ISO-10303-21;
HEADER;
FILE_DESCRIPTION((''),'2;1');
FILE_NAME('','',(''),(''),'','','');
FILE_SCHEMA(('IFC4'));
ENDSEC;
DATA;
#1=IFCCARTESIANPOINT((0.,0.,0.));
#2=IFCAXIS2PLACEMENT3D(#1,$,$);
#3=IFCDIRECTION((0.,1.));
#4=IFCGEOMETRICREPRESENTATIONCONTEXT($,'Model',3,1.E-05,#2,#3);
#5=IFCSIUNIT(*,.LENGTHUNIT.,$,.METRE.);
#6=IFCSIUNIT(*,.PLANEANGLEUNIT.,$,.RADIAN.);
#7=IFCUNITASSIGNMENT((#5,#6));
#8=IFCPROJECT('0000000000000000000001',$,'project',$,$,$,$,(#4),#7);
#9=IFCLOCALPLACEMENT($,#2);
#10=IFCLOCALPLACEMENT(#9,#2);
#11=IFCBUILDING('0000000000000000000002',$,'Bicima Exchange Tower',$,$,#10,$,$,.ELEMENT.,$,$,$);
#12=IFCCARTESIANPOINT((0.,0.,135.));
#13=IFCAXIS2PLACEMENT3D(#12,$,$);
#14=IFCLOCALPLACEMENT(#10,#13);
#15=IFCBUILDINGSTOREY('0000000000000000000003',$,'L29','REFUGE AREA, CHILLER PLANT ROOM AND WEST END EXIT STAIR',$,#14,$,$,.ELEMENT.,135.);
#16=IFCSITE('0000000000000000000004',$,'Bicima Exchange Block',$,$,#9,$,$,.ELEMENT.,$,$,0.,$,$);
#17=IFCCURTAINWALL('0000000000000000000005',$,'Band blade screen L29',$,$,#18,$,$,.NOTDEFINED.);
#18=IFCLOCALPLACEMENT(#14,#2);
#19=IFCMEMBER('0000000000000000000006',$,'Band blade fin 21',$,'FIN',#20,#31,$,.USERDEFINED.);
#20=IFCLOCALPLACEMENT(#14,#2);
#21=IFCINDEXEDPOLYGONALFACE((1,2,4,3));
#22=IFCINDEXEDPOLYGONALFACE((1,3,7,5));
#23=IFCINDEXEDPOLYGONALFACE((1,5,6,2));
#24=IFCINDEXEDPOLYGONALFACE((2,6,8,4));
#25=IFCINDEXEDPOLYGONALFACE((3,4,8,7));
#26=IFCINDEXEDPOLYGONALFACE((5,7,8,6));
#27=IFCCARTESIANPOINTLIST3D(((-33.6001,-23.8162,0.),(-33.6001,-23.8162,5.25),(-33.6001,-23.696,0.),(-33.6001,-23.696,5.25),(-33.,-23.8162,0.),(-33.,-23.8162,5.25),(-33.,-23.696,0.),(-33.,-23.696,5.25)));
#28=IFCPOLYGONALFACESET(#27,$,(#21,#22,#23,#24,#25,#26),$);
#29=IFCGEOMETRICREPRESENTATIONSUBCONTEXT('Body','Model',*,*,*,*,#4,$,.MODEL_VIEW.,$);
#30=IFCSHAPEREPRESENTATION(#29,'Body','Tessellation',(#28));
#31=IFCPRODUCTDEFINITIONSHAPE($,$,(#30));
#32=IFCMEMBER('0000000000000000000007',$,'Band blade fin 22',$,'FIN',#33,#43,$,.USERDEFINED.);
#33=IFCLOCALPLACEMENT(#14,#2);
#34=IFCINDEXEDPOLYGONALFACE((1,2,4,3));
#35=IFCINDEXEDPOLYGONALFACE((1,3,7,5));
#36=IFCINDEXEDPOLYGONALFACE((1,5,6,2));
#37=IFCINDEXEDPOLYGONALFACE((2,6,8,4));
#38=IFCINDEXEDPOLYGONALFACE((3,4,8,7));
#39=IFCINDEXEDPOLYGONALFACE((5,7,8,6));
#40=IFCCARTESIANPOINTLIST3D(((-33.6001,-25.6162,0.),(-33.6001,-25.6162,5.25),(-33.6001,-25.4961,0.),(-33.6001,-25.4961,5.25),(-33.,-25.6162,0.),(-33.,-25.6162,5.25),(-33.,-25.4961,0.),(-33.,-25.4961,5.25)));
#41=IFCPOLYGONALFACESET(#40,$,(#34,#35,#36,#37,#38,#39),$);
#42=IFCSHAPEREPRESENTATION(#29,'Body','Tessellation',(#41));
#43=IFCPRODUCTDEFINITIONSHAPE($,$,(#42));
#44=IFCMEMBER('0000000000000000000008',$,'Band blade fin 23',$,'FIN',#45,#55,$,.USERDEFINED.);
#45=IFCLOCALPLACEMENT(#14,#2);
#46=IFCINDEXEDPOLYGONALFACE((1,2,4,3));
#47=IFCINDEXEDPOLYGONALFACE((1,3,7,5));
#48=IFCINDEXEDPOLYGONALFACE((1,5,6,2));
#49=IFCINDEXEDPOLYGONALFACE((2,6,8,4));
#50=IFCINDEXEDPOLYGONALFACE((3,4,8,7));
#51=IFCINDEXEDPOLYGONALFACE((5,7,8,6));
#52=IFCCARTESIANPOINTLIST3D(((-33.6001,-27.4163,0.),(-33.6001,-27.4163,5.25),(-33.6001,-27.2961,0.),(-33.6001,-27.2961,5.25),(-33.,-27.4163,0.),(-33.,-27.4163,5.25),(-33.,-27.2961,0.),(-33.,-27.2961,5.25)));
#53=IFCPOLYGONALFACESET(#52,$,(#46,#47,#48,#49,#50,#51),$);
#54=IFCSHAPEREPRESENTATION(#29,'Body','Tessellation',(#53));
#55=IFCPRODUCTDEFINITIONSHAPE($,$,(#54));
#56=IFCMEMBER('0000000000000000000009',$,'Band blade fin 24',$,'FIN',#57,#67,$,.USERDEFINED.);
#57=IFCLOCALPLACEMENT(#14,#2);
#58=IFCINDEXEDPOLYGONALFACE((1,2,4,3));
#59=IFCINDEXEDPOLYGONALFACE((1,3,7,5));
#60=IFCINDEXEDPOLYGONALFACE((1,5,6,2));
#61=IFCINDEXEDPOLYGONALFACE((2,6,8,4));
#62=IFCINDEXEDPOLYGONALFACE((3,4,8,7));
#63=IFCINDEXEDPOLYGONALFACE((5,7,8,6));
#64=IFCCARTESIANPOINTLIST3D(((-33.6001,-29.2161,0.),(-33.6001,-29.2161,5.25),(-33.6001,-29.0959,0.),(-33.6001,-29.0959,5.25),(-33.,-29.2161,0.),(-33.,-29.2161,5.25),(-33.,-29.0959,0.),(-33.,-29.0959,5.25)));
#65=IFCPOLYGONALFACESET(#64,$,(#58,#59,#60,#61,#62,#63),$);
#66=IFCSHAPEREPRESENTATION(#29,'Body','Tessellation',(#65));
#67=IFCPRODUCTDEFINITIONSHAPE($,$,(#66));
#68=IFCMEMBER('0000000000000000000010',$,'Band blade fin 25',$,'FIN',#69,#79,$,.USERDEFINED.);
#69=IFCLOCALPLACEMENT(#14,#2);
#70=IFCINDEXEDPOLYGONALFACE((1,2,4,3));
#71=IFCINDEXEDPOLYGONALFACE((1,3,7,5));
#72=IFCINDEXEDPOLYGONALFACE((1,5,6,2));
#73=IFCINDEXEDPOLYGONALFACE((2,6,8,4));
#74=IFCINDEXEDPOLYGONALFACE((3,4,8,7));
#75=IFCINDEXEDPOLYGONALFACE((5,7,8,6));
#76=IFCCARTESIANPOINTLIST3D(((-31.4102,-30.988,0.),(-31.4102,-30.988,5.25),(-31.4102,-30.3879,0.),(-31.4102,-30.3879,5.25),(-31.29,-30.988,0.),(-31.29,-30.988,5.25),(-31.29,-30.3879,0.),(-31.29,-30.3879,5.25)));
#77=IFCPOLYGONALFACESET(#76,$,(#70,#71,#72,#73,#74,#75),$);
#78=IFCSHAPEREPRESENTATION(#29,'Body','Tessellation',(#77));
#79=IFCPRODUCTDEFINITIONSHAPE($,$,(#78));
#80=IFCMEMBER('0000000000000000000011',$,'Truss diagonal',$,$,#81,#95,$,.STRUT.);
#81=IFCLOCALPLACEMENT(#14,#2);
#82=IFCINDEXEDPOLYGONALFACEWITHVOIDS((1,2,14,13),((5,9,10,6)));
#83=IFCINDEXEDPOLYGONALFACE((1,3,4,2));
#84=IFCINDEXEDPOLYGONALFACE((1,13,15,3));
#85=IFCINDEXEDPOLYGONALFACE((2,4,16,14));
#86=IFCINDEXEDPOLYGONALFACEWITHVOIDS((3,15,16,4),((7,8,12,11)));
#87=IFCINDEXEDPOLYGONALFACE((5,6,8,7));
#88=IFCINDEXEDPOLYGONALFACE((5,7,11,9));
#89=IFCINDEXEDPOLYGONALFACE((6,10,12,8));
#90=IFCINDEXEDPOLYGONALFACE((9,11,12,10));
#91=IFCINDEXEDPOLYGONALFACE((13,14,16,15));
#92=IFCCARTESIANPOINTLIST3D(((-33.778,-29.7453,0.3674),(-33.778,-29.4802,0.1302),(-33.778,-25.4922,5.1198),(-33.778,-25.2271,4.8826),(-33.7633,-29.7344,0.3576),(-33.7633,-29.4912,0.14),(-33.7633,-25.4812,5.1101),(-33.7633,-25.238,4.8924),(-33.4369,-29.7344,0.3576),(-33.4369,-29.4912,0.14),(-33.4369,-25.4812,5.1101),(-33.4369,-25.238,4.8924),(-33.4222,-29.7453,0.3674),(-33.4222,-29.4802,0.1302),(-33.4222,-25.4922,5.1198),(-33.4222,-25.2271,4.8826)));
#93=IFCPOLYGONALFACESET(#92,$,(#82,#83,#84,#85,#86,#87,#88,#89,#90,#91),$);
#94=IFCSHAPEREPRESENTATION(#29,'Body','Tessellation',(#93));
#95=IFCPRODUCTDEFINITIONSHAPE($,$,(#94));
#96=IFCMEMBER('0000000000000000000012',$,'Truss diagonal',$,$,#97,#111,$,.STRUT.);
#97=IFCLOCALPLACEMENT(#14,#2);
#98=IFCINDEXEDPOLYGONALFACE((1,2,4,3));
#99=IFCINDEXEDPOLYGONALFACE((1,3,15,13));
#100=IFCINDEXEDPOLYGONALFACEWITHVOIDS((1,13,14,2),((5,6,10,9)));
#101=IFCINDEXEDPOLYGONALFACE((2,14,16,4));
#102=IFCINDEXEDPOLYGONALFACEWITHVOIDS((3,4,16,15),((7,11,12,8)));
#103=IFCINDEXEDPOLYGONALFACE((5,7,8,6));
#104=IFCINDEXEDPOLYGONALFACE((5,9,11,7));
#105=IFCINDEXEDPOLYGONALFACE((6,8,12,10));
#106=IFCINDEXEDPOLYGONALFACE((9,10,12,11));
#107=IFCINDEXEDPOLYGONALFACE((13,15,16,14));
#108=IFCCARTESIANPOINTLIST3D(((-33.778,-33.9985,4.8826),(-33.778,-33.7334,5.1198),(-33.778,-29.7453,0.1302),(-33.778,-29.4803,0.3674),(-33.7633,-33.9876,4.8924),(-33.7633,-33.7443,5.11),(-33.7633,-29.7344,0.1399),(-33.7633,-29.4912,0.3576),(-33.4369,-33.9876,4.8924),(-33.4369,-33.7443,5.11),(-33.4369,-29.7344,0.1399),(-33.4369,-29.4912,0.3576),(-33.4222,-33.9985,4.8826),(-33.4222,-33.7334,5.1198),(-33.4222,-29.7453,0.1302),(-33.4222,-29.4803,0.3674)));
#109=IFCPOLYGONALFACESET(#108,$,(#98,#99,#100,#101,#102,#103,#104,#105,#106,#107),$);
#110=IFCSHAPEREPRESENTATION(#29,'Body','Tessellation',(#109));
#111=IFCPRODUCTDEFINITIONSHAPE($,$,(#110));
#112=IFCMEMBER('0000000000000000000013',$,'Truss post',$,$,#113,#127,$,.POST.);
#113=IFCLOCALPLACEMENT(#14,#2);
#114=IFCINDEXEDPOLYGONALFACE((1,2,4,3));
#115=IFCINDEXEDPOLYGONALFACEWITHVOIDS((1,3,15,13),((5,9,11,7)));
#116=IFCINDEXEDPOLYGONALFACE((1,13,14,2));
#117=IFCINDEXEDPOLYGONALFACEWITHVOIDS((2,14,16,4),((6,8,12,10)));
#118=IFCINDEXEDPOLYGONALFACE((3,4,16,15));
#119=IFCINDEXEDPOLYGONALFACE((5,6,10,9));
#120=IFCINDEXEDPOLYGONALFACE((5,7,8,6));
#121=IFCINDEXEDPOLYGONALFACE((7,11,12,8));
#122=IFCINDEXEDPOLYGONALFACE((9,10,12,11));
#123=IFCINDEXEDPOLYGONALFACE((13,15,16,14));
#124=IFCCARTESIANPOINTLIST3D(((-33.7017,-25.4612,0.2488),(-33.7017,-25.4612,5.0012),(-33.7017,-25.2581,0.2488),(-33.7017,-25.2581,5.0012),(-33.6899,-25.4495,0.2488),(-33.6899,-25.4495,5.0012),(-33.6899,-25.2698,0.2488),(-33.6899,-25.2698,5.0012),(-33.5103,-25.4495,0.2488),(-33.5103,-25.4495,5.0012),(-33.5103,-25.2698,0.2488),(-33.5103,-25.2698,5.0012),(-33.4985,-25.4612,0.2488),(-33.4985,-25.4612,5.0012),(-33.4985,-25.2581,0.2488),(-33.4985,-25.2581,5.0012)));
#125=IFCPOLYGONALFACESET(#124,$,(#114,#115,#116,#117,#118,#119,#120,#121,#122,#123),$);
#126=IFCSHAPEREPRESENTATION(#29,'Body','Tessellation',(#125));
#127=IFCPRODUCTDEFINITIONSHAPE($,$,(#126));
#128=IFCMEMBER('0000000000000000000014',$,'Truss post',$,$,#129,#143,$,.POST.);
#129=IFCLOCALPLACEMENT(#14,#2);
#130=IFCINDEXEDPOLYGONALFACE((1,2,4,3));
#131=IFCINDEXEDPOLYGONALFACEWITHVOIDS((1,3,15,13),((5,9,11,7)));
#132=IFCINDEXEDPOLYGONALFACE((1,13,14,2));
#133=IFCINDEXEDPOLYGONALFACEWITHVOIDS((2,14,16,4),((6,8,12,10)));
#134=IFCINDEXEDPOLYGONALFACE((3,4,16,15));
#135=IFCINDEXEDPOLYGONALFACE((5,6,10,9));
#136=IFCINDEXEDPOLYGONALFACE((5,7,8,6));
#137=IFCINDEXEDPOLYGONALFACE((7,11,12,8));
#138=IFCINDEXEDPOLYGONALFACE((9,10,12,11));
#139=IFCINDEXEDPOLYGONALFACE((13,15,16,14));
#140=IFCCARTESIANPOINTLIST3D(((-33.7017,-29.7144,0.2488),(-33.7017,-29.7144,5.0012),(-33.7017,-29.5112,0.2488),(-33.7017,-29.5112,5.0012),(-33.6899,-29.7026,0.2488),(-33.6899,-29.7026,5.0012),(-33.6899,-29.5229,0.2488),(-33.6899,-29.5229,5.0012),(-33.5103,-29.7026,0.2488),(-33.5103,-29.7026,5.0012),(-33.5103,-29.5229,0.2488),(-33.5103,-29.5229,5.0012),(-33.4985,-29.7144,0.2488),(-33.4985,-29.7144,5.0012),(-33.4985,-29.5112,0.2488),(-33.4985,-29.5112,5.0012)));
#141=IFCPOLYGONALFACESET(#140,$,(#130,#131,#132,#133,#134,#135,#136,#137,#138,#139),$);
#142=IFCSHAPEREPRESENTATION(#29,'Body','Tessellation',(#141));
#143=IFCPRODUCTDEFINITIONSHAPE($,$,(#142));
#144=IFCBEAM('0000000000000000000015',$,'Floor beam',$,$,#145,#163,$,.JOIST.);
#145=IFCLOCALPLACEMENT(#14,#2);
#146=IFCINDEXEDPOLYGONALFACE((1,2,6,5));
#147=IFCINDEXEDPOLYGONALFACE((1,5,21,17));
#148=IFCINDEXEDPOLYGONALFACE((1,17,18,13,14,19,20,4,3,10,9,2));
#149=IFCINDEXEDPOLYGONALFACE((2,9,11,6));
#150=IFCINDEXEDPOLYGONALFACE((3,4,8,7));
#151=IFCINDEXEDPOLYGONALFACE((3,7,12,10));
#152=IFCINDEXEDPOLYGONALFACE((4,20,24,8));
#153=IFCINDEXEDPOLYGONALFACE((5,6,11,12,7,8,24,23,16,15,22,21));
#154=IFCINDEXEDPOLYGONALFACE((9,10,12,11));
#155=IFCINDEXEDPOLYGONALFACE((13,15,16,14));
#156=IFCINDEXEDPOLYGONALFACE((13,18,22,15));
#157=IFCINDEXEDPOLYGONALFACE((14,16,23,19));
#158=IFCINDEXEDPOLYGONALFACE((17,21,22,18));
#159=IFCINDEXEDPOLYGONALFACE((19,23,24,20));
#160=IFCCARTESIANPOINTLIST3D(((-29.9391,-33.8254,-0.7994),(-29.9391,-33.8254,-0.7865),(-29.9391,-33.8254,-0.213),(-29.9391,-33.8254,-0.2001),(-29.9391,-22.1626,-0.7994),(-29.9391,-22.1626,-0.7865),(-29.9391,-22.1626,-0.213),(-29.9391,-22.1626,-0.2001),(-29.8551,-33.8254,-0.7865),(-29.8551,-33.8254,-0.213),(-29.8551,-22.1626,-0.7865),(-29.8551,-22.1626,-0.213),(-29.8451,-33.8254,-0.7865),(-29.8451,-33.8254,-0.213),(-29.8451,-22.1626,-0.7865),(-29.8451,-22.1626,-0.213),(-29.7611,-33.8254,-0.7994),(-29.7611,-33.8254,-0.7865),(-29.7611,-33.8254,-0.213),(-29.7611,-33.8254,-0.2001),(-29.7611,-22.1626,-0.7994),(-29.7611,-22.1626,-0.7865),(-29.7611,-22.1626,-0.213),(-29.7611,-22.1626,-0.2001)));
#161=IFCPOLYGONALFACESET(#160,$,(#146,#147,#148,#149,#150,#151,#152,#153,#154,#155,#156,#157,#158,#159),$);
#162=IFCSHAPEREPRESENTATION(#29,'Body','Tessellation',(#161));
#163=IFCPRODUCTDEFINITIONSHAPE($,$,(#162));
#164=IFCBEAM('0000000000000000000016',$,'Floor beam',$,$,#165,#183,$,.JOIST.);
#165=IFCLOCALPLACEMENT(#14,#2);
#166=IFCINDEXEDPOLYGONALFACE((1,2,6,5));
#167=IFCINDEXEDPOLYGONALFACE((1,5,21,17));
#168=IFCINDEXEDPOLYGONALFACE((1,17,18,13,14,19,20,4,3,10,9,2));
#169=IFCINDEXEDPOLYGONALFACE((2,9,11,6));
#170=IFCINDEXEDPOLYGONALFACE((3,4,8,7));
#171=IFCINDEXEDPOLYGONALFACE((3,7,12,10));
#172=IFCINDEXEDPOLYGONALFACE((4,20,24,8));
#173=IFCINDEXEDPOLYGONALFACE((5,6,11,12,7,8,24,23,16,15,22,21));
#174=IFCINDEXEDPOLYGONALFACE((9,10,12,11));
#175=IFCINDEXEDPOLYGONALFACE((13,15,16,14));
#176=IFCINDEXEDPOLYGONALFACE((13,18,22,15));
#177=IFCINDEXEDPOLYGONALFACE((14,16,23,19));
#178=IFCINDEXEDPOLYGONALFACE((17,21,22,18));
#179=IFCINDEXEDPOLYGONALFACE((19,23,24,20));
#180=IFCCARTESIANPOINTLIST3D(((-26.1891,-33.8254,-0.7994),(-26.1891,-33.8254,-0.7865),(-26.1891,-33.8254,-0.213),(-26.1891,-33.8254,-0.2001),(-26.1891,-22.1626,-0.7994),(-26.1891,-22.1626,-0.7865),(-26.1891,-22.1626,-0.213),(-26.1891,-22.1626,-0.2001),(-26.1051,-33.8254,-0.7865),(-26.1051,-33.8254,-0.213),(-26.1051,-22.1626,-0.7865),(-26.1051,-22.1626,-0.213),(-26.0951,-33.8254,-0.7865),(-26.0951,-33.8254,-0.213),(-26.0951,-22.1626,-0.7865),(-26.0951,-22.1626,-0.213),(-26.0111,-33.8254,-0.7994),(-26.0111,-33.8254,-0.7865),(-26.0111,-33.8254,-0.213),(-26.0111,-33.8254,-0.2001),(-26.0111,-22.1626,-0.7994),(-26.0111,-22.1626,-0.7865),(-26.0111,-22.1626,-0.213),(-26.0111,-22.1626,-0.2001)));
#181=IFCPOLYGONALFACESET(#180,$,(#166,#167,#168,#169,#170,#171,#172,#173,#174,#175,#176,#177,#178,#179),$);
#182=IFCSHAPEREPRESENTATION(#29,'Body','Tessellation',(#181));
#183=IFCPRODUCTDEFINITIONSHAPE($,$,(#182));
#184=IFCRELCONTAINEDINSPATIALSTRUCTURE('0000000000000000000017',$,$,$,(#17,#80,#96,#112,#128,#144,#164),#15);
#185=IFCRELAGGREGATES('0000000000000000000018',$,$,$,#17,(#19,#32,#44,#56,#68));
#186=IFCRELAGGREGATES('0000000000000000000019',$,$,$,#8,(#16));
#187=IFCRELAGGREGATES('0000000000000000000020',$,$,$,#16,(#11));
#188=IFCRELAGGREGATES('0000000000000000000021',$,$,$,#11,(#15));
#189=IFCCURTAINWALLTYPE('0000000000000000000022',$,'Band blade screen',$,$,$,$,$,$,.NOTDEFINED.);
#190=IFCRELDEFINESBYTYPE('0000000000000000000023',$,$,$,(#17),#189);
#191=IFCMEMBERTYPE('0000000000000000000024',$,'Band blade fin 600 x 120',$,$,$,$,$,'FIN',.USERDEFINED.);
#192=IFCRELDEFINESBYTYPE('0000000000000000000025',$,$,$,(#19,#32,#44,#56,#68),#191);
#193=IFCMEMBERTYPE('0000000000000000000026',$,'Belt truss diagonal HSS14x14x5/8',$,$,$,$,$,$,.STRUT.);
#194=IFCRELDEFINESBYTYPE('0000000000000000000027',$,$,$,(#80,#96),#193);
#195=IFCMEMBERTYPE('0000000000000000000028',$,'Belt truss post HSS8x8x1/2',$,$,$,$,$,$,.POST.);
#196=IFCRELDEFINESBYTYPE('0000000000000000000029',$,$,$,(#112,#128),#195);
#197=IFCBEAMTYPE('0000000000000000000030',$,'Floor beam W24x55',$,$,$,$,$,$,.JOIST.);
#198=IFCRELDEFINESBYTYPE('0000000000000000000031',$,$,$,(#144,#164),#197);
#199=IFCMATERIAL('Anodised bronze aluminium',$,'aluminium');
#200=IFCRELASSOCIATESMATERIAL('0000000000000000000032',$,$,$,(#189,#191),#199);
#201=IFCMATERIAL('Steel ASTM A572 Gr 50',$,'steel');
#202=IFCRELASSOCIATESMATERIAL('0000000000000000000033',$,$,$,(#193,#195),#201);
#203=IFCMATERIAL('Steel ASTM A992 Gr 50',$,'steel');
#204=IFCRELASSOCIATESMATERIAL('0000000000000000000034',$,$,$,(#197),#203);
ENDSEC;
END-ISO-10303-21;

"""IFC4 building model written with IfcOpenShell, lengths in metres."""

from ifc_helpers import new_model, si_unit, direction, frame, origin, origin_2d, place, context, subcontext, project, spatial, rectangle, hollow_rectangle, i_section, extrude, material, material_profile, profile_set, type_object, element, aggregate, save


model = new_model("IFC4")

# Units and contexts
model_context = context("Model", 3, precision=1e-05, world=origin(), true_north=direction((0.0, 1.0)))
body_context = subcontext(model_context, "Body", "Model", "MODEL_VIEW")
ifc_project = project(units=[si_unit("LENGTHUNIT", "METRE"), si_unit("PLANEANGLEUNIT", "RADIAN")], contexts=[model_context])

# Site, building, storey
site_placement = place(None, origin())
site = spatial("IfcSite", under=ifc_project, at=site_placement, Name="Bicima Exchange Block", CompositionType="ELEMENT", RefElevation=0.0)
building_placement = place(site_placement, origin())
building = spatial("IfcBuilding", under=site, at=building_placement, Name="Bicima Exchange Tower", CompositionType="ELEMENT")
storey_placement = place(building_placement, frame((0.0, 0.0, 135.0)))
storey = spatial("IfcBuildingStorey", under=building, at=storey_placement, Name="L29", Description="REFUGE AREA, CHILLER PLANT ROOM AND WEST END EXIT STAIR", CompositionType="ELEMENT", Elevation=135.0)

# Curtain wall, members
ifc_material_1 = material(Name="Anodised bronze aluminium", Category="aluminium")
curtain_wall_type = type_object("IfcCurtainWallType", Name="Band blade screen", PredefinedType="NOTDEFINED", material=ifc_material_1)
curtain_wall_placement = place(storey_placement, origin())
curtain_wall = element("IfcCurtainWall", 1, at=curtain_wall_placement, inside=storey, type_object=curtain_wall_type, Name="Band blade screen L29", PredefinedType="NOTDEFINED")
ifc_material_profile_1 = material_profile(ifc_material_1, rectangle(XDim=0.6001, YDim=0.1201, at=origin_2d()))
ifc_profile_set_1 = profile_set([ifc_material_profile_1], Name="Anodised bronze aluminium")
member_type_1 = type_object("IfcMemberType", Name="Band blade fin 600 x 120", ElementType="FIN", PredefinedType="USERDEFINED", material=ifc_profile_set_1)
member_1_placement = place(storey_placement, frame((-33.3, -23.7561, 0.0), z_axis=(0.0, 0.0, 1.0), x_axis=(1.0, 0.0, 0.0)))
member_1 = element("IfcMember", 2, at=member_1_placement, type_object=member_type_1, Name="Band blade fin 21", ObjectType="FIN", PredefinedType="USERDEFINED", context=body_context, shape_type="SweptSolid", body=[
    extrude(rectangle(XDim=0.6001, YDim=0.1201, at=origin_2d()), origin(), (0.0, 0.0, 1.0), 5.25),
])
member_2_placement = place(storey_placement, frame((-33.3, -25.5562, 0.0), z_axis=(0.0, 0.0, 1.0), x_axis=(1.0, 0.0, 0.0)))
member_2 = element("IfcMember", 3, at=member_2_placement, type_object=member_type_1, Name="Band blade fin 22", ObjectType="FIN", PredefinedType="USERDEFINED", context=body_context, shape_type="SweptSolid", body=[
    extrude(rectangle(XDim=0.6001, YDim=0.1201, at=origin_2d()), origin(), (0.0, 0.0, 1.0), 5.25),
])
member_3_placement = place(storey_placement, frame((-33.3, -27.3562, 0.0), z_axis=(0.0, 0.0, 1.0), x_axis=(1.0, 0.0, 0.0)))
member_3 = element("IfcMember", 4, at=member_3_placement, type_object=member_type_1, Name="Band blade fin 23", ObjectType="FIN", PredefinedType="USERDEFINED", context=body_context, shape_type="SweptSolid", body=[
    extrude(rectangle(XDim=0.6001, YDim=0.1201, at=origin_2d()), origin(), (0.0, 0.0, 1.0), 5.25),
])
member_4_placement = place(storey_placement, frame((-33.3, -29.156, 0.0), z_axis=(0.0, 0.0, 1.0), x_axis=(1.0, 0.0, 0.0)))
member_4 = element("IfcMember", 5, at=member_4_placement, type_object=member_type_1, Name="Band blade fin 24", ObjectType="FIN", PredefinedType="USERDEFINED", context=body_context, shape_type="SweptSolid", body=[
    extrude(rectangle(XDim=0.6001, YDim=0.1201, at=origin_2d()), origin(), (0.0, 0.0, 1.0), 5.25),
])
member_5_placement = place(storey_placement, frame((-31.3501, -30.688, 0.0), z_axis=(0.0, 0.0, 1.0), x_axis=(0.0, 1.0, 0.0)))
member_5 = element("IfcMember", 6, at=member_5_placement, type_object=member_type_1, Name="Band blade fin 25", ObjectType="FIN", PredefinedType="USERDEFINED", context=body_context, shape_type="SweptSolid", body=[
    extrude(rectangle(XDim=0.6001, YDim=0.1201, at=origin_2d()), origin(), (0.0, 0.0, 1.0), 5.25),
])
aggregate(curtain_wall, [member_1, member_2, member_3, member_4, member_5])

# Members
ifc_material_2 = material(Name="Steel ASTM A572 Gr 50", Category="steel")
ifc_material_profile_2 = material_profile(ifc_material_2, hollow_rectangle(XDim=0.3557, YDim=0.3557, WallThickness=0.0146, at=origin_2d()))
ifc_profile_set_2 = profile_set([ifc_material_profile_2], Name="Steel ASTM A572 Gr 50")
member_type_2 = type_object("IfcMemberType", Name="Belt truss diagonal HSS14x14x5/8", PredefinedType="STRUT", material=ifc_profile_set_2)
for number, where, z_axis, x_axis, name in (
    (7, (-33.6001, -25.3596, 5.0012), (0.0, -0.666881, -0.745164), (1.0, 0.0, 0.0), "Truss diagonal"),
    (8, (-33.6001, -29.6128, 0.2488), (0.0, -0.666881, 0.745164), (1.0, 0.0, 0.0), "Truss diagonal"),
):
    element("IfcMember", number, at=place(storey_placement, frame(where, z_axis=z_axis, x_axis=x_axis)), inside=storey, type_object=member_type_2, Name=name, PredefinedType="STRUT", context=body_context, shape_type="SweptSolid", body=[
        extrude(hollow_rectangle(XDim=0.3557, YDim=0.3557, WallThickness=0.0146, at=origin_2d()), origin(), (0.0, 0.0, 1.0), 6.3777),
    ])
ifc_material_profile_3 = material_profile(ifc_material_2, hollow_rectangle(XDim=0.2031, YDim=0.2031, WallThickness=0.0117, at=origin_2d()))
ifc_profile_set_3 = profile_set([ifc_material_profile_3], Name="Steel ASTM A572 Gr 50")
member_type_3 = type_object("IfcMemberType", Name="Belt truss post HSS8x8x1/2", PredefinedType="POST", material=ifc_profile_set_3)
for number, where, z_axis, x_axis, name in (
    (9, (-33.6001, -25.3596, 0.2488), (0.0, 0.0, 1.0), (1.0, 0.0, 0.0), "Truss post"),
    (10, (-33.6001, -29.6128, 0.2488), (0.0, 0.0, 1.0), (1.0, 0.0, 0.0), "Truss post"),
):
    element("IfcMember", number, at=place(storey_placement, frame(where, z_axis=z_axis, x_axis=x_axis)), inside=storey, type_object=member_type_3, Name=name, PredefinedType="POST", context=body_context, shape_type="SweptSolid", body=[
        extrude(hollow_rectangle(XDim=0.2031, YDim=0.2031, WallThickness=0.0117, at=origin_2d()), origin(), (0.0, 0.0, 1.0), 4.7524),
    ])

# Beams
ifc_material_3 = material(Name="Steel ASTM A992 Gr 50", Category="steel")
ifc_material_profile_4 = material_profile(ifc_material_3, i_section(OverallWidth=0.178, OverallDepth=0.5994, WebThickness=0.01, FlangeThickness=0.0129, at=origin_2d()))
ifc_profile_set_4 = profile_set([ifc_material_profile_4], Name="Steel ASTM A992 Gr 50")
beam_type = type_object("IfcBeamType", Name="Floor beam W24x55", PredefinedType="JOIST", material=ifc_profile_set_4)
for number, where, z_axis, x_axis, name in (
    (11, (-29.8501, -22.1626, -0.4998), (0.0, -1.0, 0.0), (1.0, 0.0, 0.0), "Floor beam"),
    (12, (-26.1001, -22.1626, -0.4998), (0.0, -1.0, 0.0), (1.0, 0.0, 0.0), "Floor beam"),
):
    element("IfcBeam", number, at=place(storey_placement, frame(where, z_axis=z_axis, x_axis=x_axis)), inside=storey, type_object=beam_type, Name=name, PredefinedType="JOIST", context=body_context, shape_type="SweptSolid", body=[
        extrude(i_section(OverallWidth=0.178, OverallDepth=0.5994, WebThickness=0.01, FlangeThickness=0.0129, at=origin_2d()), origin(), (0.0, 0.0, 1.0), 11.6628),
    ])

save(model, "model.ifc")
